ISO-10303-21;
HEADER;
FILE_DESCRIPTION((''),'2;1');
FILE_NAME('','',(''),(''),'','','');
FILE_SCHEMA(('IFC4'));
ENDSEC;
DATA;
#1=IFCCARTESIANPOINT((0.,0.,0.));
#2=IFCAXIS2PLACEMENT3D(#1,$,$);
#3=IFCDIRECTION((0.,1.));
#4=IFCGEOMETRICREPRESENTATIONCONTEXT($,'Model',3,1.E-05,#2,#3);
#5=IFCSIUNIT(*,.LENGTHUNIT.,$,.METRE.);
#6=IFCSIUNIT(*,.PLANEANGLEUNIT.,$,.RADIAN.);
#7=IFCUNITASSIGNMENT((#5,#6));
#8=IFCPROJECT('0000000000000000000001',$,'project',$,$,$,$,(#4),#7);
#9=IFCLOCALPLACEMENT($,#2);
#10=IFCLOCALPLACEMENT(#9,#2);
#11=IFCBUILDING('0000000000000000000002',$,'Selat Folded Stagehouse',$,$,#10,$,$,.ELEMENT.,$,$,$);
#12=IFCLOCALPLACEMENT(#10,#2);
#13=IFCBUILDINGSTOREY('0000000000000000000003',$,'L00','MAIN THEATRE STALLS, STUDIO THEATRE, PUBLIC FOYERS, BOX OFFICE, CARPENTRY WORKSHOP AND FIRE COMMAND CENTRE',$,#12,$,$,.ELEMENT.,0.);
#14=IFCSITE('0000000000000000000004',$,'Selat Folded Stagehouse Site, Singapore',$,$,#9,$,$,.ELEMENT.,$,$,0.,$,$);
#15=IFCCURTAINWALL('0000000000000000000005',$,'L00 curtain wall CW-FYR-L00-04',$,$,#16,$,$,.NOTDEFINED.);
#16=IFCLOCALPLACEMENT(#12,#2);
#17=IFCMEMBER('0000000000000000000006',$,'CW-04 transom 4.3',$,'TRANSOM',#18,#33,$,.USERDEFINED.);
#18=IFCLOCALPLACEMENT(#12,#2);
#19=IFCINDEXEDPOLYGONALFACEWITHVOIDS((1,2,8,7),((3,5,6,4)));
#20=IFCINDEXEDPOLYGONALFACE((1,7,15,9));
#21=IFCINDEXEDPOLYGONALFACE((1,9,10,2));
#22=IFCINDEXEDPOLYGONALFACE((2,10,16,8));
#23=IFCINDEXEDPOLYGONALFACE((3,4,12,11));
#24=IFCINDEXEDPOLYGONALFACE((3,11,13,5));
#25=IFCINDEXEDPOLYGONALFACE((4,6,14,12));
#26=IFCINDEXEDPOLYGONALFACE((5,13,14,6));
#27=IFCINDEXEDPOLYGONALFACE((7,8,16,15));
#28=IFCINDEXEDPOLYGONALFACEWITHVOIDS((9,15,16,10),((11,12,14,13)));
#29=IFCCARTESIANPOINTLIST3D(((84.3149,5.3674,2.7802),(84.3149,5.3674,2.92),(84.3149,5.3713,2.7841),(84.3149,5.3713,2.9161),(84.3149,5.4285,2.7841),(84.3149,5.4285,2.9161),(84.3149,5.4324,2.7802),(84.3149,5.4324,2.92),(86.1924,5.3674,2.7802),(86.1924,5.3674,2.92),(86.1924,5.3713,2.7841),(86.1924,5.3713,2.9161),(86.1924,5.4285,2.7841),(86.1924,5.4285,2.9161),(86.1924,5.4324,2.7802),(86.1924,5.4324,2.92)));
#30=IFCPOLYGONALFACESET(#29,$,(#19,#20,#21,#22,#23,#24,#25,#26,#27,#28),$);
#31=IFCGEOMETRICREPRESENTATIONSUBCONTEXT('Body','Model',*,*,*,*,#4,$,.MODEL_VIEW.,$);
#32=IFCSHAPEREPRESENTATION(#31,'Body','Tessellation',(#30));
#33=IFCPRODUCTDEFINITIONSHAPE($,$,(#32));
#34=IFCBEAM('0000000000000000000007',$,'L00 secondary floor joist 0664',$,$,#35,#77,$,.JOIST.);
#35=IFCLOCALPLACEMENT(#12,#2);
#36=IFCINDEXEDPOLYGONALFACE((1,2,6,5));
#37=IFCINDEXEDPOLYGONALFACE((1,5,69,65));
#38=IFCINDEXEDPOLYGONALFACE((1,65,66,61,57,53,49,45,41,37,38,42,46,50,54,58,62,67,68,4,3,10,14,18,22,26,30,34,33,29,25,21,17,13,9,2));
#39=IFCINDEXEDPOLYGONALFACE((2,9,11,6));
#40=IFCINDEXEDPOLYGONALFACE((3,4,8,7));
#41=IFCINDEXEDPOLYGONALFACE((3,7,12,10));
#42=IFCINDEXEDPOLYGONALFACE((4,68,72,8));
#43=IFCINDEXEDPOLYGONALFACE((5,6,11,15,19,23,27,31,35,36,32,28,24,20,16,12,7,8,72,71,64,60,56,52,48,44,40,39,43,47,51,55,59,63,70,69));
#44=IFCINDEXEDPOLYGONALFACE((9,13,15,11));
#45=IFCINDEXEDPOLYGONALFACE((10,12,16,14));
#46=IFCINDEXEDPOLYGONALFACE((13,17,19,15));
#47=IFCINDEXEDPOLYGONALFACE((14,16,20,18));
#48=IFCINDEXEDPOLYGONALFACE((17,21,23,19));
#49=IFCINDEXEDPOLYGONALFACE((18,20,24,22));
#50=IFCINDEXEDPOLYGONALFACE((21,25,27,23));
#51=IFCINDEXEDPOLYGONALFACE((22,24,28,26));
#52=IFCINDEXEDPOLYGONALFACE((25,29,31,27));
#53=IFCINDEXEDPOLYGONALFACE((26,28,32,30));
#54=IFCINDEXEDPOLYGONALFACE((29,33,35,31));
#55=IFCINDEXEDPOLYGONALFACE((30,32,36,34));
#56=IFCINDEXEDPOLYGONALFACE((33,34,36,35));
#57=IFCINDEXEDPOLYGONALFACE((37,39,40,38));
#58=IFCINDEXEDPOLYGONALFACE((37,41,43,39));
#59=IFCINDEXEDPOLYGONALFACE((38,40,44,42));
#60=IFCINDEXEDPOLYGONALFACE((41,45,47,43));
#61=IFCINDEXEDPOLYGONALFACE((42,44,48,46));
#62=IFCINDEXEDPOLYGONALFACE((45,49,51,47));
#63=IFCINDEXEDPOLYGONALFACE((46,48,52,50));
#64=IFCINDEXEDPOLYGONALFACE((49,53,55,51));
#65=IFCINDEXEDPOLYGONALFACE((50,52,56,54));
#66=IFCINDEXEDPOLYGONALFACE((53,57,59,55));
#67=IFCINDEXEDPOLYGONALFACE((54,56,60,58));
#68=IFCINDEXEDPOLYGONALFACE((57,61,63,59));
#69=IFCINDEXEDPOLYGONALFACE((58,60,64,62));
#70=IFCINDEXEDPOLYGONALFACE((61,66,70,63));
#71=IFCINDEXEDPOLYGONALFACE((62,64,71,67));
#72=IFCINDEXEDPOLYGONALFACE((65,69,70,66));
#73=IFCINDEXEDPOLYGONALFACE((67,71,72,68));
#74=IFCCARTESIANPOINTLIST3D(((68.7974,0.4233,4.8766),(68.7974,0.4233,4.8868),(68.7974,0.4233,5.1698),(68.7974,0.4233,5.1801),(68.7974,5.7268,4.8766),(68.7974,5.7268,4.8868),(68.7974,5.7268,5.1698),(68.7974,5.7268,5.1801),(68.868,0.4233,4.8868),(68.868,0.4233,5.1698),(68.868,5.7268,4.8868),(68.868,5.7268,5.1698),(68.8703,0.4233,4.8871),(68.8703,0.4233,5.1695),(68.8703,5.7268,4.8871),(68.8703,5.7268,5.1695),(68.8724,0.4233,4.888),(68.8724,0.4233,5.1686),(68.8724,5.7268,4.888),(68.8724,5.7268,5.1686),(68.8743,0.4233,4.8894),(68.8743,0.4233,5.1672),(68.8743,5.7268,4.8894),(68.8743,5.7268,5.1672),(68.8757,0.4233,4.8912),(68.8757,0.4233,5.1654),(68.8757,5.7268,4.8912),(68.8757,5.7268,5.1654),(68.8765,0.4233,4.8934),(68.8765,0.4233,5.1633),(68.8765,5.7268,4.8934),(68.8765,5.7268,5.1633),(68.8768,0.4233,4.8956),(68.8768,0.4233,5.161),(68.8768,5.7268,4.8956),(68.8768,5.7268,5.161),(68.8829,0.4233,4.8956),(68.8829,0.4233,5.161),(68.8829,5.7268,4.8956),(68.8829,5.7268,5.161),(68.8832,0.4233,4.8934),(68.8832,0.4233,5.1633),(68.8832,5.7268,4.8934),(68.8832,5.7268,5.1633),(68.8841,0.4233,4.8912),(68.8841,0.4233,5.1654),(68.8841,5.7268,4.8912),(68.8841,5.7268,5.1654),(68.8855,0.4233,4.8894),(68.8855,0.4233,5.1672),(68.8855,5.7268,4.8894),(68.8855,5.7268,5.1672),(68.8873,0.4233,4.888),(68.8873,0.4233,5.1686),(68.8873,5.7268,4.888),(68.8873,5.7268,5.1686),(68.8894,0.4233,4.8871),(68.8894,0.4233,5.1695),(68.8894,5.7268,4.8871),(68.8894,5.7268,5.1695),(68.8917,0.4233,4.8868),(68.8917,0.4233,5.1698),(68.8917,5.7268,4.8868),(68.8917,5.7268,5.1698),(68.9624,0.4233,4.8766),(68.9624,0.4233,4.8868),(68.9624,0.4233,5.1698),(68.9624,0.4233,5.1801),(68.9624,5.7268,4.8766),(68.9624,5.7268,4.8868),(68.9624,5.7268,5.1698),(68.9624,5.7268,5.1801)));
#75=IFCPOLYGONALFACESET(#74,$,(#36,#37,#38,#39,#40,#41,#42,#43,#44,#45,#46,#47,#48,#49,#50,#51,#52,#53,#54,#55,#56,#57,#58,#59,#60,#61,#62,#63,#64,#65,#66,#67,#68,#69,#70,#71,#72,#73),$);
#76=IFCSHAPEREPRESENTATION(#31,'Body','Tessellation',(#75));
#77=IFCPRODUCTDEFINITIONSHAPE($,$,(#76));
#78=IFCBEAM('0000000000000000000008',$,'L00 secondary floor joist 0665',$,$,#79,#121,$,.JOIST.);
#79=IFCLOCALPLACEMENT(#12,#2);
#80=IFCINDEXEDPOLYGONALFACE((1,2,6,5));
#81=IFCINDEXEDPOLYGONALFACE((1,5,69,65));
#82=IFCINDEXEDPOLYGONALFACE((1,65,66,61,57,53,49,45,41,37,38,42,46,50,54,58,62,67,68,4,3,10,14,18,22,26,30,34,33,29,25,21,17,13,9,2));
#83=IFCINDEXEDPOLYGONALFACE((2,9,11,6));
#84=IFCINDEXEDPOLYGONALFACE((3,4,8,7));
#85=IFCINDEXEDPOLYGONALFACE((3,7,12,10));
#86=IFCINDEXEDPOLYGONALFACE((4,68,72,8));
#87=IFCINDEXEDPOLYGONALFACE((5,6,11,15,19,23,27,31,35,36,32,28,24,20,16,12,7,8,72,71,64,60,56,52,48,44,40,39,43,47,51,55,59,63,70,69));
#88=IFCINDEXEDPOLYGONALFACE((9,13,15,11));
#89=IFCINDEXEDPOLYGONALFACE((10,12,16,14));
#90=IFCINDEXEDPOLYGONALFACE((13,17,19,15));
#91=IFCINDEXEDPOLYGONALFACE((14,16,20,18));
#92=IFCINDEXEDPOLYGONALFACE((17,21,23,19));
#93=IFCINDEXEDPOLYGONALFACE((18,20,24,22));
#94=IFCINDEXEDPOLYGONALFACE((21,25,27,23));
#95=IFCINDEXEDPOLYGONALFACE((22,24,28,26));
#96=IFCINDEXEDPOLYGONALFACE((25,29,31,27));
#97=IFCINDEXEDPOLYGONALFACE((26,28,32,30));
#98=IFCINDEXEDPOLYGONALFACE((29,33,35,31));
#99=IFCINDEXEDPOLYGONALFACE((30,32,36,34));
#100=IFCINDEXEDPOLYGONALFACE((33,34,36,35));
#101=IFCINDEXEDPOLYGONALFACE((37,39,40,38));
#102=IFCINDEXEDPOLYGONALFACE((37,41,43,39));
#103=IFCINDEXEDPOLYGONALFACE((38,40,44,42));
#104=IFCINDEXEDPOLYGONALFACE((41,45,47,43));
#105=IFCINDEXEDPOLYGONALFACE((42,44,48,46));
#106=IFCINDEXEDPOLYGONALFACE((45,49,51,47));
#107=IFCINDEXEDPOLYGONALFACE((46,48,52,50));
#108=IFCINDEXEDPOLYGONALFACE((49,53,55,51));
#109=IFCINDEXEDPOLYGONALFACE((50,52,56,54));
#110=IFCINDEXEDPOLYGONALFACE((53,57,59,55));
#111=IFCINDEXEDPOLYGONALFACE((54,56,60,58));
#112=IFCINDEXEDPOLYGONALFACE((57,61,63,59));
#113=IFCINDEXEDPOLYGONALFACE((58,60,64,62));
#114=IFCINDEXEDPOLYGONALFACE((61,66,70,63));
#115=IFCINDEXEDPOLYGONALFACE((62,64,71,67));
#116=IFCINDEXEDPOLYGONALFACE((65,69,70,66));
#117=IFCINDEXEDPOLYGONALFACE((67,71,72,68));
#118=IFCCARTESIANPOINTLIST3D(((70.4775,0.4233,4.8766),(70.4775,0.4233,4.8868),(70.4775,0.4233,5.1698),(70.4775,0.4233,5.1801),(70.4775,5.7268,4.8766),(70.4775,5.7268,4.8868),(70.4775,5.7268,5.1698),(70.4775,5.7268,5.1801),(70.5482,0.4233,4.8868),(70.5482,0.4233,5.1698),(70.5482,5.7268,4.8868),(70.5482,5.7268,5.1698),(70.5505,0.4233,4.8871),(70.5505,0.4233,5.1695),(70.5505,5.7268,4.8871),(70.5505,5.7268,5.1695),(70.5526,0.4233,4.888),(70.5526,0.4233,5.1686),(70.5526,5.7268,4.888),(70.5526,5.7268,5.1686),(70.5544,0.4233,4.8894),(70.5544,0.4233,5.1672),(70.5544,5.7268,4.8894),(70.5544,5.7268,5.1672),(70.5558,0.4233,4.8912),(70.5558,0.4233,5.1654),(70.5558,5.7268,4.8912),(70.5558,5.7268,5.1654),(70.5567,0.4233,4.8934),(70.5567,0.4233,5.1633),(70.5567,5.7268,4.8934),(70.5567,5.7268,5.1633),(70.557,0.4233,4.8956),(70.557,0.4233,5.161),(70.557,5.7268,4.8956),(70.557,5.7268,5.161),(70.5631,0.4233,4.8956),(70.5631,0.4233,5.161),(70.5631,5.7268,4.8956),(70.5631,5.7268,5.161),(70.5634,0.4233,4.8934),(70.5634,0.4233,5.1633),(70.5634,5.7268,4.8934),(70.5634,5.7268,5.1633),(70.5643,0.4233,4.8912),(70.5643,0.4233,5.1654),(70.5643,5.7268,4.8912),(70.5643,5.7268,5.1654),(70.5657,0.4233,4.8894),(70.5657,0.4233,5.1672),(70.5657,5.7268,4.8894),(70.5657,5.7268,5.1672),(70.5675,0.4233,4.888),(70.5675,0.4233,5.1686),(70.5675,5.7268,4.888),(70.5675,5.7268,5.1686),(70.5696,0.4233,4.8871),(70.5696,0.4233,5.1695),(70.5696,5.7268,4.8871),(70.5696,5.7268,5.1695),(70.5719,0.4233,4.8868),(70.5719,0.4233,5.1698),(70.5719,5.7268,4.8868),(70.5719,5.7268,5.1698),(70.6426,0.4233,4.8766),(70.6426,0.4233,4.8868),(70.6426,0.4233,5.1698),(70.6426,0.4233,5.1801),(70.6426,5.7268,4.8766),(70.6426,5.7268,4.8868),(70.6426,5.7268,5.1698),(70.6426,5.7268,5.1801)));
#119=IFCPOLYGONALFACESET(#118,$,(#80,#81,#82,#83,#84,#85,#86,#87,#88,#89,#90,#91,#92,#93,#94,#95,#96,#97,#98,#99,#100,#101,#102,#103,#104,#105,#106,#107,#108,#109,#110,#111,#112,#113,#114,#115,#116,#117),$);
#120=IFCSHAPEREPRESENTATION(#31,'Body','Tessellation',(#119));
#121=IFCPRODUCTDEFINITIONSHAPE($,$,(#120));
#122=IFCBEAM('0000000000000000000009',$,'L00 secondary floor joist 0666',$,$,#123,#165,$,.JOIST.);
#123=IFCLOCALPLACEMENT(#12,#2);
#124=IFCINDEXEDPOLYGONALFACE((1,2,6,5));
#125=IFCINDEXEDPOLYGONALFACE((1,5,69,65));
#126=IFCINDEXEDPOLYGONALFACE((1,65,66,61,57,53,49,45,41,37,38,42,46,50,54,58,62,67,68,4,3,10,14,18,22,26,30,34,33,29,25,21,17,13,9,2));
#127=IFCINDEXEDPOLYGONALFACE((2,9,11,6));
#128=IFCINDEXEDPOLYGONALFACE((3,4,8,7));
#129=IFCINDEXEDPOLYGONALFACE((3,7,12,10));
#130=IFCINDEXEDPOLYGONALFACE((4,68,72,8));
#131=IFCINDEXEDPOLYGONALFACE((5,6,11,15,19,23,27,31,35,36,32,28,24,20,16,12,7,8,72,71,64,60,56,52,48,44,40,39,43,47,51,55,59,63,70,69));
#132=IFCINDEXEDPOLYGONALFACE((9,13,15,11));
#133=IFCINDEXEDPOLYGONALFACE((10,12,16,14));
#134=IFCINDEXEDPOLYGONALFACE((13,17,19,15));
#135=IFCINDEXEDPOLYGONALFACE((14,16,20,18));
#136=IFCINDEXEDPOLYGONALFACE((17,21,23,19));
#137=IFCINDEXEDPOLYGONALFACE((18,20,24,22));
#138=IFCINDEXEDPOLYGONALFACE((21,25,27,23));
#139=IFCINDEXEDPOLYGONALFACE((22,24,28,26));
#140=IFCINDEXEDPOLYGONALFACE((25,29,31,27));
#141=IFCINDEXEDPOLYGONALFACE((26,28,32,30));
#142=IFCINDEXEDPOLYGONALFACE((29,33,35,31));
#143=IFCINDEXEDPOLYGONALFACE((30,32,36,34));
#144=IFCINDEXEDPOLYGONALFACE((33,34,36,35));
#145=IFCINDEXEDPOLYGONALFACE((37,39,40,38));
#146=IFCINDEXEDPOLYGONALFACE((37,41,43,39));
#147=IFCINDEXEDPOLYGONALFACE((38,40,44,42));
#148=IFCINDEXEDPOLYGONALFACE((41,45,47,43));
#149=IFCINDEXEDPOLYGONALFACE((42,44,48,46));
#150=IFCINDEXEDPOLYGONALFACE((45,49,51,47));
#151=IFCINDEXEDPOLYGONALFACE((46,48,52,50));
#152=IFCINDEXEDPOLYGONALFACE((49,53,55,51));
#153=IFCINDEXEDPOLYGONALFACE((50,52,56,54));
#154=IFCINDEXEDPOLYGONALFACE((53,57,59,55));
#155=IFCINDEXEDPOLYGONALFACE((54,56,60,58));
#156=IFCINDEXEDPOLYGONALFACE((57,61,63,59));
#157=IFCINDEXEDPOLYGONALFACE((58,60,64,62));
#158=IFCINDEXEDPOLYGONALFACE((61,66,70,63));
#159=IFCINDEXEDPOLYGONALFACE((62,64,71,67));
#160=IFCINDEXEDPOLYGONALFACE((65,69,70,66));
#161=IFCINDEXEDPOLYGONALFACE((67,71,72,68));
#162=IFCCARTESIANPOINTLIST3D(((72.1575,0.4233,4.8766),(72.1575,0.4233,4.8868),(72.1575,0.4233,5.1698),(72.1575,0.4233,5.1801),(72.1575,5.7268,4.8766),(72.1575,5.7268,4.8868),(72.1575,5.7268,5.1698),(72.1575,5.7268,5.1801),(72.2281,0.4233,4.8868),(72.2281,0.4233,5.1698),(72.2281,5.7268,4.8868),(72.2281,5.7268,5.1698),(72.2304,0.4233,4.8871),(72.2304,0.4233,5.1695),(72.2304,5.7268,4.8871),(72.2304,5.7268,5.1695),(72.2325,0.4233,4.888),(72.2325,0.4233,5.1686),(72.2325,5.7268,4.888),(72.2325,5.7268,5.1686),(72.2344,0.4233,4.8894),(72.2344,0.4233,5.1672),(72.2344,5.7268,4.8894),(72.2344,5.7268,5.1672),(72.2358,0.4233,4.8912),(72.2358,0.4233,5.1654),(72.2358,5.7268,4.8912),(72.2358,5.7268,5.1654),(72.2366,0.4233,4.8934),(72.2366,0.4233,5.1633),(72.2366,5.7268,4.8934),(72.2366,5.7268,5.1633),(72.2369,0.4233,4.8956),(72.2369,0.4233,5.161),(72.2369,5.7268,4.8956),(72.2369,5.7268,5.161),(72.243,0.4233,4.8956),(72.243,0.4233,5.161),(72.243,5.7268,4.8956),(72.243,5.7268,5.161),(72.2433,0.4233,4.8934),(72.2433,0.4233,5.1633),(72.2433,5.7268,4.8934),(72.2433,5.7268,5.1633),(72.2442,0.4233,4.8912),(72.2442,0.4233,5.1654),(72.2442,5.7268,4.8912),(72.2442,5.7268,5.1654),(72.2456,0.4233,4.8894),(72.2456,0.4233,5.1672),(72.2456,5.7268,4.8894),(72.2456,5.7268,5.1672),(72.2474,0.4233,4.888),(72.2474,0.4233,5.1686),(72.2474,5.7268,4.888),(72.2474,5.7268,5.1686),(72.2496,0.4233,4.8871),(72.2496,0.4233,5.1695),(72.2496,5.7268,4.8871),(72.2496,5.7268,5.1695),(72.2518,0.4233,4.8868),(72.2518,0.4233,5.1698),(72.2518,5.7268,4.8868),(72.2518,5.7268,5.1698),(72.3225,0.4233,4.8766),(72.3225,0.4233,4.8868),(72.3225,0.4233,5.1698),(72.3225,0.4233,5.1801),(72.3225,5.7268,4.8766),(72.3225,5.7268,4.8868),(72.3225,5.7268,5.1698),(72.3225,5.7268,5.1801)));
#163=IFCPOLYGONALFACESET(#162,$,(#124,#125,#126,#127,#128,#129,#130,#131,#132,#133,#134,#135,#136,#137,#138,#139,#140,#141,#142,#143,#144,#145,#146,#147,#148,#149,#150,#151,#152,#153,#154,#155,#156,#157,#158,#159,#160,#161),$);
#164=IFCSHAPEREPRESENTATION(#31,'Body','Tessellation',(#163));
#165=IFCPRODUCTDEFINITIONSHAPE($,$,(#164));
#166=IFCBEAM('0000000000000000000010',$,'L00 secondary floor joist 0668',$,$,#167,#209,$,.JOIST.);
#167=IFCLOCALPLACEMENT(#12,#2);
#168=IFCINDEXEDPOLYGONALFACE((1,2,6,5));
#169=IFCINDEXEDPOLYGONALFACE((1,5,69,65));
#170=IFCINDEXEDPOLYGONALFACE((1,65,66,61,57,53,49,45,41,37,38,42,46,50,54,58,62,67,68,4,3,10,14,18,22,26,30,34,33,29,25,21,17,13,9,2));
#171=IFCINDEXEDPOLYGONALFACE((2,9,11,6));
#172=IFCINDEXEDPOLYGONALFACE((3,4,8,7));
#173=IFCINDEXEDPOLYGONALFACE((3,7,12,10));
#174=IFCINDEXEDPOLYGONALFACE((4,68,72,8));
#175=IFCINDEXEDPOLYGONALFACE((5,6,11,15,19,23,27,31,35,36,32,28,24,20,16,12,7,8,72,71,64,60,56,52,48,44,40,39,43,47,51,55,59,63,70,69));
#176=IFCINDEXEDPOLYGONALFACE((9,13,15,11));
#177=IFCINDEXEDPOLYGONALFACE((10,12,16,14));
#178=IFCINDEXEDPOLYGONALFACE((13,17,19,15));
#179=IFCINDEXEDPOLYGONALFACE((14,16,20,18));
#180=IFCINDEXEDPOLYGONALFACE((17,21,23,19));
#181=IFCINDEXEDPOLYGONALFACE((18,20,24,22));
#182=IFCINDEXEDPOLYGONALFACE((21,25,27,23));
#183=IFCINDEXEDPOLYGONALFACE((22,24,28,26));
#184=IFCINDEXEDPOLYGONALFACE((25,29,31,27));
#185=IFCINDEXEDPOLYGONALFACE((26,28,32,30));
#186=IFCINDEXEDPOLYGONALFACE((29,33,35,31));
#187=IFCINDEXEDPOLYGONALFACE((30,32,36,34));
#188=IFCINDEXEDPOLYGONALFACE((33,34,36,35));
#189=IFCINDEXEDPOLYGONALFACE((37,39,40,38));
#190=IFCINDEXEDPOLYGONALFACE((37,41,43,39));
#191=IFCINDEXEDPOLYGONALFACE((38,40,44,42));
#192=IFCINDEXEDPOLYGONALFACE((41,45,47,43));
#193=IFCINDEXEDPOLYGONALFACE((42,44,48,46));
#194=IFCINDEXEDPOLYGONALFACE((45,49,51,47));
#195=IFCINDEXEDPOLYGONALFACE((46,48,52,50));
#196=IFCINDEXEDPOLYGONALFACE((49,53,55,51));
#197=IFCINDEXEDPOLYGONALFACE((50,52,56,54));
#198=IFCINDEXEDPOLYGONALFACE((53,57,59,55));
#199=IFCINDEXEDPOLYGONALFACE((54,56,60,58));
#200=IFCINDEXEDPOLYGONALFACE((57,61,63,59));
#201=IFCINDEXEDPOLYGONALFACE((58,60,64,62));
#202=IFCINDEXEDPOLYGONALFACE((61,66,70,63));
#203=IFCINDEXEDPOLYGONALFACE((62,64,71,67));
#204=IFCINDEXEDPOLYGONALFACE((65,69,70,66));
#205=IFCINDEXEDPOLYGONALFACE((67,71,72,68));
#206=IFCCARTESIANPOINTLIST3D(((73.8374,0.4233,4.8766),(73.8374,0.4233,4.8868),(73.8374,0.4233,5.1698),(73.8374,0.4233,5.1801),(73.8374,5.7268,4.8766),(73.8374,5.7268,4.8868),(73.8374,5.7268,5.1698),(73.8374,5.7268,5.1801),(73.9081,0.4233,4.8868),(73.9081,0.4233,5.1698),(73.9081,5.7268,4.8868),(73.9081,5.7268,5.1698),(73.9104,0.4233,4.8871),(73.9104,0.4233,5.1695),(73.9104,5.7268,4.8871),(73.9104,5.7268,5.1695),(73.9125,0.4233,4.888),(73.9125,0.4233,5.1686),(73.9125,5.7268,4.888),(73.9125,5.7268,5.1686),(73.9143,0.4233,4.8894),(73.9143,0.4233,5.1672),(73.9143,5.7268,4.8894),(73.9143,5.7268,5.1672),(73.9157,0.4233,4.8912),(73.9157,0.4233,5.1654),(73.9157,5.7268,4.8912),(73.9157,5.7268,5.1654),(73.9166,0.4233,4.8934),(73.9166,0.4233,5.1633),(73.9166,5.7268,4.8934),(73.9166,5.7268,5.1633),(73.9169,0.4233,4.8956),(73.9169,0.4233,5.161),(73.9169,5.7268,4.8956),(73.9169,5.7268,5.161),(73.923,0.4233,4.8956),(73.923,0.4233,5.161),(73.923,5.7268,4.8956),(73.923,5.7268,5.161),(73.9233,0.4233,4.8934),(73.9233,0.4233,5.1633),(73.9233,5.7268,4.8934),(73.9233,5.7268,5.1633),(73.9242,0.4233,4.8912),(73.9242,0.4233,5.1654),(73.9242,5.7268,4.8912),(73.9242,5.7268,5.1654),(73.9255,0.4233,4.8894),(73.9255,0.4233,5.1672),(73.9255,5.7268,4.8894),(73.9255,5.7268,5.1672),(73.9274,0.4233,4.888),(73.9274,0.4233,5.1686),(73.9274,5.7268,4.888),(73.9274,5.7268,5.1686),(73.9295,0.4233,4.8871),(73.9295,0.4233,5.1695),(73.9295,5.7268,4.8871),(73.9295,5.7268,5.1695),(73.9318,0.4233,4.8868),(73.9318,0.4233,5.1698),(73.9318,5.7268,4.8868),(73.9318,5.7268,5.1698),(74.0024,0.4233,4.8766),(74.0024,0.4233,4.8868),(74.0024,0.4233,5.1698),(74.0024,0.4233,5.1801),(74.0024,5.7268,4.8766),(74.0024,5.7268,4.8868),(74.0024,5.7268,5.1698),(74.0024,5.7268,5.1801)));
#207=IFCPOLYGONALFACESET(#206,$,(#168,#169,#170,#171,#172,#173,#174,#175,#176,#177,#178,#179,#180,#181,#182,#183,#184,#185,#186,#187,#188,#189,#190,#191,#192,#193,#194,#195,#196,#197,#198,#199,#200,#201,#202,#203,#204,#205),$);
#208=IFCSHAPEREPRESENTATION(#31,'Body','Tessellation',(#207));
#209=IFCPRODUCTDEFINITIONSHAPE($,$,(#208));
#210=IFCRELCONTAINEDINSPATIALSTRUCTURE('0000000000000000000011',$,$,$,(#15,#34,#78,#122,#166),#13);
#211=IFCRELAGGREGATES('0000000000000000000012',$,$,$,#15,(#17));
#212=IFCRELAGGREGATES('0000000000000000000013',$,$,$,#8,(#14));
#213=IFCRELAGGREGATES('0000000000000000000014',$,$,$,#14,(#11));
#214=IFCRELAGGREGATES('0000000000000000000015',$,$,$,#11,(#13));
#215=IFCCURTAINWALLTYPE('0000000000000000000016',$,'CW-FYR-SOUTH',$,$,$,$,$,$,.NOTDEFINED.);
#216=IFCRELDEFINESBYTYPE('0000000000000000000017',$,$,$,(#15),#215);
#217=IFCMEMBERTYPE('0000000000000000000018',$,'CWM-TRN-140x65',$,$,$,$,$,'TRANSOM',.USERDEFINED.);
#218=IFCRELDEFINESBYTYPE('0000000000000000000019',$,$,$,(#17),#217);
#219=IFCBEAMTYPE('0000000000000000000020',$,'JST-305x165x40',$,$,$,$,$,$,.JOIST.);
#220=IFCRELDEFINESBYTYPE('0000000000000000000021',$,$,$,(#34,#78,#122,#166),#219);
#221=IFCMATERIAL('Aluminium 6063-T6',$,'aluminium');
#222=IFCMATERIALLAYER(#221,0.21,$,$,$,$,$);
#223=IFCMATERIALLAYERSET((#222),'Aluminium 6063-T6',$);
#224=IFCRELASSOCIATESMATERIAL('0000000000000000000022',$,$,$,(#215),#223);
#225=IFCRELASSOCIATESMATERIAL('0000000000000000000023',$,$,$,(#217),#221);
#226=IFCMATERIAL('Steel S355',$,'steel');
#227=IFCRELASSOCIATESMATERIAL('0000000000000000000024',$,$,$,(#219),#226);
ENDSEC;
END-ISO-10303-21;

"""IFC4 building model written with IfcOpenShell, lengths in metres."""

from ifc_helpers import new_model, si_unit, direction, frame, origin, origin_2d, place, context, subcontext, project, spatial, hollow_rectangle, i_section, extrude, material, layer, layer_set, material_profile, profile_set, type_object, element, aggregate, save


model = new_model("IFC4")

# Units and contexts
model_context = context("Model", 3, precision=1e-05, world=origin(), true_north=direction((0.0, 1.0)))
body_context = subcontext(model_context, "Body", "Model", "MODEL_VIEW")
ifc_project = project(units=[si_unit("LENGTHUNIT", "METRE"), si_unit("PLANEANGLEUNIT", "RADIAN")], contexts=[model_context])

# Site, building, storey
site_placement = place(None, origin())
site = spatial("IfcSite", under=ifc_project, at=site_placement, Name="Selat Folded Stagehouse Site, Singapore", CompositionType="ELEMENT", RefElevation=0.0)
building_placement = place(site_placement, origin())
building = spatial("IfcBuilding", under=site, at=building_placement, Name="Selat Folded Stagehouse", CompositionType="ELEMENT")
storey_placement = place(building_placement, origin())
storey = spatial("IfcBuildingStorey", under=building, at=storey_placement, Name="L00", Description="MAIN THEATRE STALLS, STUDIO THEATRE, PUBLIC FOYERS, BOX OFFICE, CARPENTRY WORKSHOP AND FIRE COMMAND CENTRE", CompositionType="ELEMENT", Elevation=0.0)

# Shared definitions
ifc_material_1 = material(Name="Steel S355", Category="steel")

# Curtain wall, member
ifc_material_2 = material(Name="Aluminium 6063-T6", Category="aluminium")
ifc_layer_1 = layer(ifc_material_2, 0.21)
ifc_layer_set_1 = layer_set([ifc_layer_1], Name="Aluminium 6063-T6")
curtain_wall_type = type_object("IfcCurtainWallType", Name="CW-FYR-SOUTH", PredefinedType="NOTDEFINED", material=ifc_layer_set_1)
curtain_wall_placement = place(storey_placement, origin())
curtain_wall = element("IfcCurtainWall", 1, at=curtain_wall_placement, inside=storey, type_object=curtain_wall_type, Name="L00 curtain wall CW-FYR-L00-04", PredefinedType="NOTDEFINED")
ifc_material_profile_1 = material_profile(ifc_material_2, hollow_rectangle(XDim=0.0649, YDim=0.1399, WallThickness=0.0039, at=origin_2d()), Name="ALU 140x65x4.0")
ifc_profile_set_1 = profile_set([ifc_material_profile_1], Name="Aluminium 6063-T6")
member_type_1 = type_object("IfcMemberType", Name="CWM-TRN-140x65", ElementType="TRANSOM", PredefinedType="USERDEFINED", material=ifc_profile_set_1)
member_1_placement = place(storey_placement, frame((86.1924, 5.3999, 2.8501), z_axis=(-1.0, 0.0, 0.0), x_axis=(0.0, -1.0, 0.0)))
member_1 = element("IfcMember", 2, at=member_1_placement, type_object=member_type_1, Name="CW-04 transom 4.3", ObjectType="TRANSOM", PredefinedType="USERDEFINED", context=body_context, shape_type="SweptSolid", body=[
    extrude(hollow_rectangle(XDim=0.0649, YDim=0.1399, WallThickness=0.0039, at=origin_2d()), origin(), (0.0, 0.0, 1.0), 1.8774),
])

# Beams
ifc_material_profile_2 = material_profile(ifc_material_1, i_section(OverallWidth=0.165, OverallDepth=0.3035, WebThickness=0.0061, FlangeThickness=0.0103, FilletRadius=0.0088, at=origin_2d()), Name="UKB 305x165x40")
ifc_profile_set_2 = profile_set([ifc_material_profile_2], Name="Steel S355")
beam_type_1 = type_object("IfcBeamType", Name="JST-305x165x40", PredefinedType="JOIST", material=ifc_profile_set_2)
for number, where, z_axis, x_axis, name in (
    (3, (68.8799, 0.4233, 5.0283), (0.0, 1.0, 0.0), (-1.0, 0.0, 0.0), "L00 secondary floor joist 0664"),
    (4, (70.5601, 0.4233, 5.0283), (0.0, 1.0, 0.0), (-1.0, 0.0, 0.0), "L00 secondary floor joist 0665"),
    (5, (72.24, 0.4233, 5.0283), (0.0, 1.0, 0.0), (-1.0, 0.0, 0.0), "L00 secondary floor joist 0666"),
    (6, (73.9199, 0.4233, 5.0283), (0.0, 1.0, 0.0), (-1.0, 0.0, 0.0), "L00 secondary floor joist 0668"),
):
    element("IfcBeam", number, at=place(storey_placement, frame(where, z_axis=z_axis, x_axis=x_axis)), inside=storey, type_object=beam_type_1, Name=name, PredefinedType="JOIST", context=body_context, shape_type="SweptSolid", body=[
        extrude(i_section(OverallWidth=0.165, OverallDepth=0.3035, WebThickness=0.0061, FlangeThickness=0.0103, FilletRadius=0.0088, at=origin_2d()), origin(), (0.0, 0.0, 1.0), 5.3035),
    ])

aggregate(curtain_wall, [member_1])

save(model, "model.ifc")
